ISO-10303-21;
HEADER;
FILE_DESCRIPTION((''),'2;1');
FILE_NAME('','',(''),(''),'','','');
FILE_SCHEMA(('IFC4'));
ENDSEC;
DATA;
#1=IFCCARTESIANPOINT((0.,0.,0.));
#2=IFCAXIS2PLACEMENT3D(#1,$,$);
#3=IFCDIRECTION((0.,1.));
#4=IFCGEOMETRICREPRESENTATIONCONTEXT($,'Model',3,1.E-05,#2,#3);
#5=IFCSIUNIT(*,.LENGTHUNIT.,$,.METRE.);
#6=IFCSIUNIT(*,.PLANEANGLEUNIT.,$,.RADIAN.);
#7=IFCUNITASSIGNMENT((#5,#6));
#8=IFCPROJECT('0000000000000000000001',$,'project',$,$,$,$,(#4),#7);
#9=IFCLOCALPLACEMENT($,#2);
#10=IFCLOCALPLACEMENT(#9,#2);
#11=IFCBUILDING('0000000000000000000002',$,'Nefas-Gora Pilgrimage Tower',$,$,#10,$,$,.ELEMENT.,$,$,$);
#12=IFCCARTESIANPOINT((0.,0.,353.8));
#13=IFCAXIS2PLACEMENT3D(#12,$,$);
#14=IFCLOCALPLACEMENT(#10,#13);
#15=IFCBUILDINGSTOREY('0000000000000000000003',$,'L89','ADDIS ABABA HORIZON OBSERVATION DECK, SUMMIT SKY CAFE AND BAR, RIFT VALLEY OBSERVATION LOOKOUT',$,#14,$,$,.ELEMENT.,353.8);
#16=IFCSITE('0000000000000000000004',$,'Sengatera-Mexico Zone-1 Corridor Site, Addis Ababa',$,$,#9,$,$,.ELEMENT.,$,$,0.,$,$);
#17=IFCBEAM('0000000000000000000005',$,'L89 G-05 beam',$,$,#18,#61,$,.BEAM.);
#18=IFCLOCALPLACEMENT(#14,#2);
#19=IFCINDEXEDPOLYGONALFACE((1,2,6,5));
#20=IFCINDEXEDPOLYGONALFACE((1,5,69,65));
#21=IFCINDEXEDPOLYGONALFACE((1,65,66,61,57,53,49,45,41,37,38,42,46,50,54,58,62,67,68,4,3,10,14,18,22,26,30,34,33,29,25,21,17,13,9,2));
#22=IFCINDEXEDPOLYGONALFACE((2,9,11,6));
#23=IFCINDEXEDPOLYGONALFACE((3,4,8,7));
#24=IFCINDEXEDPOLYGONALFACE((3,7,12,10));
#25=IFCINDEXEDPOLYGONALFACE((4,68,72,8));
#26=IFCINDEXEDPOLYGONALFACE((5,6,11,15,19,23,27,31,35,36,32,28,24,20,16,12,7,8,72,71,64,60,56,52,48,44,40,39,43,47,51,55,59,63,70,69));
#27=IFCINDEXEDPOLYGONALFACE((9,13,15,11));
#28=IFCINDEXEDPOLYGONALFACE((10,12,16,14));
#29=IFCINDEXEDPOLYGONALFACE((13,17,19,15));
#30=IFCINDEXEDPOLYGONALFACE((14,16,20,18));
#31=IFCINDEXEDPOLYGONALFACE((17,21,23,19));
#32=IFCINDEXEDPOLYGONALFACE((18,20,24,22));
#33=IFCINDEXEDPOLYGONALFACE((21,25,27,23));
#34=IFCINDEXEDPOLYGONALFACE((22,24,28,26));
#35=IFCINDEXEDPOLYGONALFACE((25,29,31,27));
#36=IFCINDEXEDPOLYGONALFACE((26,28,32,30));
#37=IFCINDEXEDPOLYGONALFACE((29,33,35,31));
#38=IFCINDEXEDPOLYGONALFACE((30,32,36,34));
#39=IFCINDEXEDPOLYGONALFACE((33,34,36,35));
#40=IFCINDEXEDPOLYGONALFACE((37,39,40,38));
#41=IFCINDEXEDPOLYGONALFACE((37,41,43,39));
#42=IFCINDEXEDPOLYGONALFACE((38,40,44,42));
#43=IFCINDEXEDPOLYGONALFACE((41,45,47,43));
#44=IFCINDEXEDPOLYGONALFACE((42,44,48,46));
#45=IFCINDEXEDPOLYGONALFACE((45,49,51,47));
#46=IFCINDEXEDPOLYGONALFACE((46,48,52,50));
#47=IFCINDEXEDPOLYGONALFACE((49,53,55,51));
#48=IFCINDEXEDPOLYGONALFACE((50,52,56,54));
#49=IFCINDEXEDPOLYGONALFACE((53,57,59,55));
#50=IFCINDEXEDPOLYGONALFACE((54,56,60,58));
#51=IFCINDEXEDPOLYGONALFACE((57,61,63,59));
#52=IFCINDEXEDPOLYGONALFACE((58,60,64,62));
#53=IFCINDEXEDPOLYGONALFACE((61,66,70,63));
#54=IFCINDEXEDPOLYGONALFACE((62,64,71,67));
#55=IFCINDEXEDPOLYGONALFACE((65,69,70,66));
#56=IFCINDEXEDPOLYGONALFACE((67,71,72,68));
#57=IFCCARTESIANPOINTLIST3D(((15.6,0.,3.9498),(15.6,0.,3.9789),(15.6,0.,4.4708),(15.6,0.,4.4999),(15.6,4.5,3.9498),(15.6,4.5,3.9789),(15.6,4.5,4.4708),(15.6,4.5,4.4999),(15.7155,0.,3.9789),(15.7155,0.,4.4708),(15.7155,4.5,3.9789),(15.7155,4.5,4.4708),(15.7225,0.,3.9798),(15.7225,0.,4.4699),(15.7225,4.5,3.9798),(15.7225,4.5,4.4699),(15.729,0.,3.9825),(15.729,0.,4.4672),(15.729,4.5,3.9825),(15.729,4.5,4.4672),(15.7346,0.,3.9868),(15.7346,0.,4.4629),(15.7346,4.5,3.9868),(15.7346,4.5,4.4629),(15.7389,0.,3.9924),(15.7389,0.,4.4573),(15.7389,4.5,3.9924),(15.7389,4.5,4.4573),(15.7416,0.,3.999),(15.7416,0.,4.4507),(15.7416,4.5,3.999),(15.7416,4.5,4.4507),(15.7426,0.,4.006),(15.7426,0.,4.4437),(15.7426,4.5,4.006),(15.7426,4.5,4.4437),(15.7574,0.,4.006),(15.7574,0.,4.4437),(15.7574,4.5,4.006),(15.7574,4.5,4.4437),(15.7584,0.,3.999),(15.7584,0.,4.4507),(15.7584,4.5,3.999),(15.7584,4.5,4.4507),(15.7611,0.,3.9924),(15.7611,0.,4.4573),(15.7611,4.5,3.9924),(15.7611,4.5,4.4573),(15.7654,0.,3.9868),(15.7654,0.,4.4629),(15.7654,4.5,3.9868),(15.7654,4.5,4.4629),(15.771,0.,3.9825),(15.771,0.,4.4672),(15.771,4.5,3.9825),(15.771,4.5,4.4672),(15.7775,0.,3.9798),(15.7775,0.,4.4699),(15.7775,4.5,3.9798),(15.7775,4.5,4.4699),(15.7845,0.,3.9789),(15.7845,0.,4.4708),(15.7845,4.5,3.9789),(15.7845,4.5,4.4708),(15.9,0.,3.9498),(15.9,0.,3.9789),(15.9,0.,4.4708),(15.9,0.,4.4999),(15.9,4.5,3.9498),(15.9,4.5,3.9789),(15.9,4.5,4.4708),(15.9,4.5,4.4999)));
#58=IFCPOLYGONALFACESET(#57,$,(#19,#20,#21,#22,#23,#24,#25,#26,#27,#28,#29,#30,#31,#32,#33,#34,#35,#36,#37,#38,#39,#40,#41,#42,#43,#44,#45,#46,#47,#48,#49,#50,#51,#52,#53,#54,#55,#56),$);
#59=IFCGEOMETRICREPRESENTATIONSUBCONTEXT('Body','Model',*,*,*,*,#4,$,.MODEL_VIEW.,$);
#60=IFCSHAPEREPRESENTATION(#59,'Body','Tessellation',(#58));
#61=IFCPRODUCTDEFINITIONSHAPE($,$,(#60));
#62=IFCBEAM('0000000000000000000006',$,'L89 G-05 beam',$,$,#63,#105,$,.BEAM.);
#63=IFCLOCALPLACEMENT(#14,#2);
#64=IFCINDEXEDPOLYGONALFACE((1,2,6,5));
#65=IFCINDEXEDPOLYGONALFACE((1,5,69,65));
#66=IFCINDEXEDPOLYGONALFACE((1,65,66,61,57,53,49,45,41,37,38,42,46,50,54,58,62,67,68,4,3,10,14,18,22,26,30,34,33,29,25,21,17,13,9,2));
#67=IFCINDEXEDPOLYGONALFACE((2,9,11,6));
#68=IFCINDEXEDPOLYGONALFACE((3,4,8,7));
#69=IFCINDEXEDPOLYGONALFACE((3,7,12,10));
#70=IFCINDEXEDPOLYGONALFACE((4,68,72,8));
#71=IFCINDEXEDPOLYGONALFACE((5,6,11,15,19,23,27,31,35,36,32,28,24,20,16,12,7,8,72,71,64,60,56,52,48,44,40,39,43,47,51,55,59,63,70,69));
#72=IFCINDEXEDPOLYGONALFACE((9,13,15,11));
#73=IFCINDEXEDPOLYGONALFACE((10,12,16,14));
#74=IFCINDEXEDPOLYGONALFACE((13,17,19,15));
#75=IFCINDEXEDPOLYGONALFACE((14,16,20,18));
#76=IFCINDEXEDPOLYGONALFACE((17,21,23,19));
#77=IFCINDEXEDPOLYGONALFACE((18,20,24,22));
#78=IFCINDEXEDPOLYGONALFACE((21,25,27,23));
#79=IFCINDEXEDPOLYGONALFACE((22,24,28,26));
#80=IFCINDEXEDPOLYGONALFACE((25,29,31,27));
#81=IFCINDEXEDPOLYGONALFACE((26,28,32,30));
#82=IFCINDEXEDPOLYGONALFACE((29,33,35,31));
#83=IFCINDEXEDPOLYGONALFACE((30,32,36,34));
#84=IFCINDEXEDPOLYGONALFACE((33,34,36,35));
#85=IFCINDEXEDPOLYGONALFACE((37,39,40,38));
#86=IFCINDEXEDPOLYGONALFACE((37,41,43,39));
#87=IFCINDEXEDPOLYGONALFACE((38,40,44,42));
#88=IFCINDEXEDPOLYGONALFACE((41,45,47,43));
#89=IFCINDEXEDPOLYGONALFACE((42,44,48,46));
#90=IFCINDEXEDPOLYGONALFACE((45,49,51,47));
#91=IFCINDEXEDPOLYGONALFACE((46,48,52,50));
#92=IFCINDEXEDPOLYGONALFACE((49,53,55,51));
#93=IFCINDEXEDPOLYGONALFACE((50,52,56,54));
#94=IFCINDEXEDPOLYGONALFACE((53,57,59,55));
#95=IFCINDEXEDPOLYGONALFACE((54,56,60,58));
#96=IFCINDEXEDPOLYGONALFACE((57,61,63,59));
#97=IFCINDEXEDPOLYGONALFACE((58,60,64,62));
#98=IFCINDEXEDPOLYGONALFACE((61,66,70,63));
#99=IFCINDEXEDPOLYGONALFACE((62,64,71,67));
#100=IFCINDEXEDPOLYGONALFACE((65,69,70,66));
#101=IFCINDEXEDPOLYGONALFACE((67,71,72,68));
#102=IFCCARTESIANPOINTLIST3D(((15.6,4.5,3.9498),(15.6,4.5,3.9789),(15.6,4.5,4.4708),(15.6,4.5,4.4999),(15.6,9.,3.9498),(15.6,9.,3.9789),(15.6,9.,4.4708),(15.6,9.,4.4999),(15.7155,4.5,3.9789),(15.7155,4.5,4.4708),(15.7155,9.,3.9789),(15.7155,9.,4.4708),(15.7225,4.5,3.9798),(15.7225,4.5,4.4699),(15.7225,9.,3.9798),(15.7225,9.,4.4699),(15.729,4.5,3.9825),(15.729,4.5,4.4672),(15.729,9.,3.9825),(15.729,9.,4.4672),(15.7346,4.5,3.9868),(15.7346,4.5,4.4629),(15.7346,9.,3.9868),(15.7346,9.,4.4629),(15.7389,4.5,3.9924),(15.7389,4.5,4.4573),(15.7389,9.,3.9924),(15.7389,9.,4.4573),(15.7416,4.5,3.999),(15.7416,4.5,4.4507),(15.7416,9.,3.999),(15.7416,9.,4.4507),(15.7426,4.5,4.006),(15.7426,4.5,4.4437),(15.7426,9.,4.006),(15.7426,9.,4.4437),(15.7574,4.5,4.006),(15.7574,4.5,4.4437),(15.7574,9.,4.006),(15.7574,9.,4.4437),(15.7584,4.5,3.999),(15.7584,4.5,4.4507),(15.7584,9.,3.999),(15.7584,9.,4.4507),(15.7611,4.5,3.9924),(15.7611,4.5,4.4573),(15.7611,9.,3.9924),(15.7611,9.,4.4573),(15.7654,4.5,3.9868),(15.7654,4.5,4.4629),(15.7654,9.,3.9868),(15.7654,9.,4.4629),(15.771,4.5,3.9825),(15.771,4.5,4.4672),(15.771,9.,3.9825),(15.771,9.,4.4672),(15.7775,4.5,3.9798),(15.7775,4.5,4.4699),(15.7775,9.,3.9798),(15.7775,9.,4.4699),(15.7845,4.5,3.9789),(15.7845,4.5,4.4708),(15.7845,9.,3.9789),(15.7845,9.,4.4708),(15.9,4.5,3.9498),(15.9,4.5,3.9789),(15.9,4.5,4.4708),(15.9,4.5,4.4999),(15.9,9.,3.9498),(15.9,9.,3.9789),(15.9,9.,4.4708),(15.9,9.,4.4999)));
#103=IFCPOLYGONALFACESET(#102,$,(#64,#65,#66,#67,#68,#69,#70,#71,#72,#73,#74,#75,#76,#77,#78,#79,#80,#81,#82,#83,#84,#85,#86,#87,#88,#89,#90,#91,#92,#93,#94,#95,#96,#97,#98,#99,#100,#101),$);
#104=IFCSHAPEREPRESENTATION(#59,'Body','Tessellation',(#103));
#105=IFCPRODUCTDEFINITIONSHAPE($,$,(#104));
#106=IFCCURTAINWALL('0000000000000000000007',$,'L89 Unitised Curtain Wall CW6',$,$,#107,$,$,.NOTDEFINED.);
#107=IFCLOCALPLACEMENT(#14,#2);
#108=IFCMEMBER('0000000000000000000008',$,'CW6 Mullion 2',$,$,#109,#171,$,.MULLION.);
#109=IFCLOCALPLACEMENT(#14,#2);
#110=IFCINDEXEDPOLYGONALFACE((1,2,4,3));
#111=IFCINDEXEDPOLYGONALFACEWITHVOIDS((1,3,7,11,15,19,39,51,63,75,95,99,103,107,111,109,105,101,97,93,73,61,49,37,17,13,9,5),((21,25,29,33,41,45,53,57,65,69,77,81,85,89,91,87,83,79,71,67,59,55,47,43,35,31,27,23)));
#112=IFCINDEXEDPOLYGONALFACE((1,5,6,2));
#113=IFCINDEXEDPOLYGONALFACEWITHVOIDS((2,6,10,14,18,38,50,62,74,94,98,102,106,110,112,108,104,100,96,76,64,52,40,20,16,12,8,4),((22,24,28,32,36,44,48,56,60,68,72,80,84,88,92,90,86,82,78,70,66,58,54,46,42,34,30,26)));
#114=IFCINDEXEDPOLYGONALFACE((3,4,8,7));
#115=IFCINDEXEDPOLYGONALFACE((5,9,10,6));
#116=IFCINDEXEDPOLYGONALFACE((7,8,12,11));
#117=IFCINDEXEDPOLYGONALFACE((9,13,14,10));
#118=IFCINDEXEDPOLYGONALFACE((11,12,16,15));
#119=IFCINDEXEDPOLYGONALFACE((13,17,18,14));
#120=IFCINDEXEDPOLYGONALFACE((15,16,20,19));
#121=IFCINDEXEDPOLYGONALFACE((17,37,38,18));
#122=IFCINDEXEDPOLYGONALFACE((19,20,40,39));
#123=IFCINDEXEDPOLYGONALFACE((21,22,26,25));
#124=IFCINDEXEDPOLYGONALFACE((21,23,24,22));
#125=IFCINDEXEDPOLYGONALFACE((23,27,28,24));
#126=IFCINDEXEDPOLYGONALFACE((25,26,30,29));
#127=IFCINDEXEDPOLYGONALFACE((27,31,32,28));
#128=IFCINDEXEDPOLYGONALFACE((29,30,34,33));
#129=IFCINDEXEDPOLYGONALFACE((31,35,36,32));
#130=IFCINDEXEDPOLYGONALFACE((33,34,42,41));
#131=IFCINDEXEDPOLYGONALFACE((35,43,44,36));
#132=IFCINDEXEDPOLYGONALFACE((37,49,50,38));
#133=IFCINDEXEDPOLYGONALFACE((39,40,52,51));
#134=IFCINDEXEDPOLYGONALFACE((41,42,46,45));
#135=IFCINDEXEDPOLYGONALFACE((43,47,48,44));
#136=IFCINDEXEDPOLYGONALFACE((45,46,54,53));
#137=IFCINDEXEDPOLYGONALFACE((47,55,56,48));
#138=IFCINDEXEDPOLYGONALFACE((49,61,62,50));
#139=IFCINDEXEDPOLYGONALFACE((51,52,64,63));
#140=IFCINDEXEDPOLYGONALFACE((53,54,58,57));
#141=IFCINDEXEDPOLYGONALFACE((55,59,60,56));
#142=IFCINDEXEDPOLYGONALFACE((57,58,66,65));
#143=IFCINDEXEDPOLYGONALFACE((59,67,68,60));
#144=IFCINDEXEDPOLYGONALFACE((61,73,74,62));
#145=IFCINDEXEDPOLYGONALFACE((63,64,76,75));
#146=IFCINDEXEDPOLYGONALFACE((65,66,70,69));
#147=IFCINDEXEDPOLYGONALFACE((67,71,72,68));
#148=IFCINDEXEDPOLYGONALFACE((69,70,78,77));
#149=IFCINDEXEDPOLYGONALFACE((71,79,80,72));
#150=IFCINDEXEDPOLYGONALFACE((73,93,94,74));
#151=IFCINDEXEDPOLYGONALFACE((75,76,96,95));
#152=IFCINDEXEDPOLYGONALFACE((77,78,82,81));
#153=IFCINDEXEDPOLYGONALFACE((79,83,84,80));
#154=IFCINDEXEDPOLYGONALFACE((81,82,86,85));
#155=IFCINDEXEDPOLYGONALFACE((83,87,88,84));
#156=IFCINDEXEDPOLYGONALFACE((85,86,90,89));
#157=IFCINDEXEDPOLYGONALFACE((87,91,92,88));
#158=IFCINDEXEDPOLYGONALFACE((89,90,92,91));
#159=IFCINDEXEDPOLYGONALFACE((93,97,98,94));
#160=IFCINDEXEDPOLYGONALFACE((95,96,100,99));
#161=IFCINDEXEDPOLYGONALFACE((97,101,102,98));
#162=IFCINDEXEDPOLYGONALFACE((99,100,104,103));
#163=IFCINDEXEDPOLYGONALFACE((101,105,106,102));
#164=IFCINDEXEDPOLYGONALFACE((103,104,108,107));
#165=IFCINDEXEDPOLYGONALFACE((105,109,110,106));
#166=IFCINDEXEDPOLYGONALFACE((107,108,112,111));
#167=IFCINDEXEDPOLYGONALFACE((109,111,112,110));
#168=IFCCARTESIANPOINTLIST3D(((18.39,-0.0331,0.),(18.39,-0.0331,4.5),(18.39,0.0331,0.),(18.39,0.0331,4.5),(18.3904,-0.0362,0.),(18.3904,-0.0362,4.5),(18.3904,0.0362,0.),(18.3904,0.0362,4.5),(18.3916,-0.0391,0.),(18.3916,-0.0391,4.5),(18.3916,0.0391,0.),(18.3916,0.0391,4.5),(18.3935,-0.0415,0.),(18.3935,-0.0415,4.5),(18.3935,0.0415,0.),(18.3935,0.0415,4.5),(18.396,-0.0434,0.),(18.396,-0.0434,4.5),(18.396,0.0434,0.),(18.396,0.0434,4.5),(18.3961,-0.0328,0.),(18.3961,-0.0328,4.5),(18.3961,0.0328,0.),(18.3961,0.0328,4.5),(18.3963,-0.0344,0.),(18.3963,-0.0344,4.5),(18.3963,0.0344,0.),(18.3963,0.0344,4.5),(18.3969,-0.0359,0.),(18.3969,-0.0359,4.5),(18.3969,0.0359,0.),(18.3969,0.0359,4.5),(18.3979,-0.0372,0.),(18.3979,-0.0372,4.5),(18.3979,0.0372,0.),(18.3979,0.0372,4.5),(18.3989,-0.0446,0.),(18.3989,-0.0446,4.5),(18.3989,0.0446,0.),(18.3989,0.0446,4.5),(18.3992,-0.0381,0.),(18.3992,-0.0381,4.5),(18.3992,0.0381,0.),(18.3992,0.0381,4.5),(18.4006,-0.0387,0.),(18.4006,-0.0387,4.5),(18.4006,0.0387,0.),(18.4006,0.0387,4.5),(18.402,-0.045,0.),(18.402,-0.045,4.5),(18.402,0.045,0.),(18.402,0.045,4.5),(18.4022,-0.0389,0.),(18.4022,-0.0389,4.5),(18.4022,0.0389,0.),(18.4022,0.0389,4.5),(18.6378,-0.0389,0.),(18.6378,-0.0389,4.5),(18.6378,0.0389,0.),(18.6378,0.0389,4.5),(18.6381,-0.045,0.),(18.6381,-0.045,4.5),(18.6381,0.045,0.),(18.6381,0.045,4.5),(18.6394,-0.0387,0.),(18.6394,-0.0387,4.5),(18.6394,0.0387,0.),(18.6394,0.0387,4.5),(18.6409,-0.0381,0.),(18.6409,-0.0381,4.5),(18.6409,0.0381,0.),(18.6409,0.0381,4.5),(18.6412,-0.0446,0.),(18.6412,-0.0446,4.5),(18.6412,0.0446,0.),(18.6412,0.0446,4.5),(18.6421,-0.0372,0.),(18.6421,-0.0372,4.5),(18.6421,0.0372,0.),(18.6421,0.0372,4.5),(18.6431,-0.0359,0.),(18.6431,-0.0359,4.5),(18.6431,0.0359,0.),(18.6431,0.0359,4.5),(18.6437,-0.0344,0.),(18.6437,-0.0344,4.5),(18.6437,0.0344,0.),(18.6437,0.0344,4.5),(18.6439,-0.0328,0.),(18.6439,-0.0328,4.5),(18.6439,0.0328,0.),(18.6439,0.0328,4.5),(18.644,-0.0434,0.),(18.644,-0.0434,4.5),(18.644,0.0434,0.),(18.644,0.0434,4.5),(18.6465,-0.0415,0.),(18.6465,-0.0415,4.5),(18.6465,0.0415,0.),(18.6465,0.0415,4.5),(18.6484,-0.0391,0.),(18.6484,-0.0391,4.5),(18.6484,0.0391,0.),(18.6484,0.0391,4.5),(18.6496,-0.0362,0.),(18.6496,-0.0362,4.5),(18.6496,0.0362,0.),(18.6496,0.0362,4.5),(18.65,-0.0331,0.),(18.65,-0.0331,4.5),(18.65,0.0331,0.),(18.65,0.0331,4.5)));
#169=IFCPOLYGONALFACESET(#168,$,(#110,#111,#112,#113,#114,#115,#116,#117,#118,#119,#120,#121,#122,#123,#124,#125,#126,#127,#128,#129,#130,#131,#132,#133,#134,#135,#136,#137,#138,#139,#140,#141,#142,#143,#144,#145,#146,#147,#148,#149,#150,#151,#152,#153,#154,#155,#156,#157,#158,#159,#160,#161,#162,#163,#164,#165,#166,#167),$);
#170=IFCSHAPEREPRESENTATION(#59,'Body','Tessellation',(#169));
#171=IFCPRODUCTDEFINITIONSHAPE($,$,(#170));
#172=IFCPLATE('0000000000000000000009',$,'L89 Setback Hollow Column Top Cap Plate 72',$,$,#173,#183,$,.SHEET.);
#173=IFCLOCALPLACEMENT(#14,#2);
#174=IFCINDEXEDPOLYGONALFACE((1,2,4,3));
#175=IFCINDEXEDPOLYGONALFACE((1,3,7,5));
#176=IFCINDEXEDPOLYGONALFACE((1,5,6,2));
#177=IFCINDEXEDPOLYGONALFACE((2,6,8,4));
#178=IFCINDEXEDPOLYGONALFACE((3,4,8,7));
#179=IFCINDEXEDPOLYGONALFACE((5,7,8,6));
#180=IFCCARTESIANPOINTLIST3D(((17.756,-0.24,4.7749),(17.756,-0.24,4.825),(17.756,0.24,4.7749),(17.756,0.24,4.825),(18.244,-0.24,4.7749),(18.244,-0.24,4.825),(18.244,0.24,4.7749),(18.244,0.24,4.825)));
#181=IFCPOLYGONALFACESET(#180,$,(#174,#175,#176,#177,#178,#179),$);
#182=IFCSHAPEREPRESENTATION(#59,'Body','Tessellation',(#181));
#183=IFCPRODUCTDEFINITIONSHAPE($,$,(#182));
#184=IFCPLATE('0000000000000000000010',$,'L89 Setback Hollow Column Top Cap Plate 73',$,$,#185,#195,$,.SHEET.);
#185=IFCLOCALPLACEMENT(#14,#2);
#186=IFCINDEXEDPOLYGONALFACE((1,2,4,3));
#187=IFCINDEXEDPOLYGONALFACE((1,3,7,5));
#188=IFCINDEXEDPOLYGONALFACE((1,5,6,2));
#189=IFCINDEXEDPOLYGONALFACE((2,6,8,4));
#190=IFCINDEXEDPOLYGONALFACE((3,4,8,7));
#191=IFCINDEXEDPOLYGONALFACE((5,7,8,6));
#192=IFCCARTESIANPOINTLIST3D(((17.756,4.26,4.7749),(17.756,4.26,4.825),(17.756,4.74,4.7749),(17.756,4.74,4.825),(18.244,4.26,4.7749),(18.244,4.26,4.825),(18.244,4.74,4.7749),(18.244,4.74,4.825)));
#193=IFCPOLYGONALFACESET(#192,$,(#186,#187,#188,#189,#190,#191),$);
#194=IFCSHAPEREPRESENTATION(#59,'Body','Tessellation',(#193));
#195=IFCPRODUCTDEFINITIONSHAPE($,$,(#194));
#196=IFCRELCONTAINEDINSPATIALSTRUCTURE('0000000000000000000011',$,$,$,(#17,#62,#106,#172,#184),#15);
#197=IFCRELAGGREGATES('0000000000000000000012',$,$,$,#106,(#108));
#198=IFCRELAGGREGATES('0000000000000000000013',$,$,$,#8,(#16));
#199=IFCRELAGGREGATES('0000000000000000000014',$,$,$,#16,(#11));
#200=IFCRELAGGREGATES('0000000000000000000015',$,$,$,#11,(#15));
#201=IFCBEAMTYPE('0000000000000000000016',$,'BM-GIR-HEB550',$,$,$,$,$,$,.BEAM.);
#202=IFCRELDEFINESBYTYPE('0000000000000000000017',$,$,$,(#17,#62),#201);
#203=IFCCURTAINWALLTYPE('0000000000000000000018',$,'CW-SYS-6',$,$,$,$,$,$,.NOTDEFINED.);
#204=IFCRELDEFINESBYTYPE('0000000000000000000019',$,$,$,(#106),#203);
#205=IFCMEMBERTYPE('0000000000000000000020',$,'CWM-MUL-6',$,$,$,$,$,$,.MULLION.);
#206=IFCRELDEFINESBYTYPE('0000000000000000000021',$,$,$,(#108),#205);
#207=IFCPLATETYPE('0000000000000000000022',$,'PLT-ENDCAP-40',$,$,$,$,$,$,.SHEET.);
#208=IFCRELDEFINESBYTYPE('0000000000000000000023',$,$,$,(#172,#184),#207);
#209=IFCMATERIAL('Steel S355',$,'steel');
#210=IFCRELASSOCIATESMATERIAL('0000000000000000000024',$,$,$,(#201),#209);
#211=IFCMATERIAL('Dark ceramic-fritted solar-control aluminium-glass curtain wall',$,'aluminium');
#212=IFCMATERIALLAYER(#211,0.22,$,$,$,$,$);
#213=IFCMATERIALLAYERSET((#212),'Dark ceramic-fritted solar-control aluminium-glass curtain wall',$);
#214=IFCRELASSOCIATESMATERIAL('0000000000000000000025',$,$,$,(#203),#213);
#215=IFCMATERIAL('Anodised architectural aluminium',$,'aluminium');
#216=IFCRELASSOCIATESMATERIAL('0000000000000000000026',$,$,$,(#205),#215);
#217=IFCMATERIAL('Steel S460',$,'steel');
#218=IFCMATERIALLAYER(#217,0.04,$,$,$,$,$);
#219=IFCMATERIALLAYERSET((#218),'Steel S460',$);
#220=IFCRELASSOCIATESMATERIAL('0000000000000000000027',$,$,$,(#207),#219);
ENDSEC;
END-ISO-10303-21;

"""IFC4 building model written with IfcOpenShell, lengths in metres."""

from ifc_helpers import new_model, si_unit, direction, frame, origin, origin_2d, place, context, subcontext, project, spatial, rectangle, hollow_rectangle, i_section, extrude, source, transform, mapped, material, layer, layer_set, material_profile, profile_set, type_object, element, aggregate, save


model = new_model("IFC4")

# Units and contexts
model_context = context("Model", 3, precision=1e-05, world=origin(), true_north=direction((0.0, 1.0)))
body_context = subcontext(model_context, "Body", "Model", "MODEL_VIEW")
ifc_project = project(units=[si_unit("LENGTHUNIT", "METRE"), si_unit("PLANEANGLEUNIT", "RADIAN")], contexts=[model_context])

# Site, building, storey
site_placement = place(None, origin())
site = spatial("IfcSite", under=ifc_project, at=site_placement, Name="Sengatera-Mexico Zone-1 Corridor Site, Addis Ababa", CompositionType="ELEMENT", RefElevation=0.0)
building_placement = place(site_placement, origin())
building = spatial("IfcBuilding", under=site, at=building_placement, Name="Nefas-Gora Pilgrimage Tower", CompositionType="ELEMENT")
storey_placement = place(building_placement, frame((0.0, 0.0, 353.8)))
storey = spatial("IfcBuildingStorey", under=building, at=storey_placement, Name="L89", Description="ADDIS ABABA HORIZON OBSERVATION DECK, SUMMIT SKY CAFE AND BAR, RIFT VALLEY OBSERVATION LOOKOUT", CompositionType="ELEMENT", Elevation=353.8)

# Shared definitions
ifc_material_1 = material(Name="Steel S355", Category="steel")

# Beams
ifc_material_profile_1 = material_profile(ifc_material_1, i_section(OverallWidth=0.3, OverallDepth=0.55, WebThickness=0.0149, FlangeThickness=0.0291, FilletRadius=0.0271, at=origin_2d()), Name="HEB 550")
ifc_profile_set_1 = profile_set([ifc_material_profile_1], Name="Steel S355")
beam_type = type_object("IfcBeamType", Name="BM-GIR-HEB550", PredefinedType="BEAM", material=ifc_profile_set_1)
shared_shape_1 = source(origin(), body_context, "Body", "SweptSolid", [
    extrude(i_section(OverallWidth=0.3, OverallDepth=0.55, WebThickness=0.0149, FlangeThickness=0.0291, FilletRadius=0.0271, at=origin_2d()), origin(), (0.0, 0.0, 1.0), 4.5),
])
for number, where, z_axis, x_axis, name in (
    (1, (15.75, 0.0, 4.2249), (0.0, 1.0, 0.0), (-1.0, 0.0, 0.0), "L89 G-05 beam"),
    (2, (15.75, 4.5, 4.2249), (0.0, 1.0, 0.0), (-1.0, 0.0, 0.0), "L89 G-05 beam"),
):
    element("IfcBeam", number, at=place(storey_placement, frame(where, z_axis=z_axis, x_axis=x_axis)), inside=storey, type_object=beam_type, Name=name, PredefinedType="BEAM", context=body_context, shape_type="MappedRepresentation", body=[
        mapped(shared_shape_1, transform((0.0, 0.0, 0.0), x_axis=(1.0, 0.0, 0.0), y_axis=(0.0, 1.0, 0.0), z_axis=(0.0, 0.0, 1.0), scale=1.0)),
    ])

# Curtain wall, member
ifc_material_2 = material(Name="Dark ceramic-fritted solar-control aluminium-glass curtain wall", Category="aluminium")
ifc_layer_1 = layer(ifc_material_2, 0.22)
ifc_layer_set_1 = layer_set([ifc_layer_1], Name="Dark ceramic-fritted solar-control aluminium-glass curtain wall")
curtain_wall_type = type_object("IfcCurtainWallType", Name="CW-SYS-6", PredefinedType="NOTDEFINED", material=ifc_layer_set_1)
curtain_wall_placement = place(storey_placement, origin())
curtain_wall = element("IfcCurtainWall", 3, at=curtain_wall_placement, inside=storey, type_object=curtain_wall_type, Name="L89 Unitised Curtain Wall CW6", PredefinedType="NOTDEFINED")
ifc_material_3 = material(Name="Anodised architectural aluminium", Category="aluminium")
ifc_material_profile_2 = material_profile(ifc_material_3, hollow_rectangle(XDim=0.0901, YDim=0.26, WallThickness=0.0061, InnerFilletRadius=0.0061, OuterFilletRadius=0.012, at=origin_2d()), Name="ALU MULLION 90x260")
ifc_profile_set_2 = profile_set([ifc_material_profile_2], Name="Anodised architectural aluminium")
member_type = type_object("IfcMemberType", Name="CWM-MUL-6", PredefinedType="MULLION", material=ifc_profile_set_2)
shared_shape_2 = source(origin(), body_context, "Body", "SweptSolid", [
    extrude(hollow_rectangle(XDim=0.0901, YDim=0.26, WallThickness=0.0061, InnerFilletRadius=0.0061, OuterFilletRadius=0.012, at=origin_2d()), origin(), (0.0, 0.0, 1.0), 4.5),
])
member_placement = place(storey_placement, frame((18.52, 0.0, 0.0), z_axis=(0.0, 0.0, 1.0), x_axis=(0.0, 1.0, 0.0)))
member = element("IfcMember", 4, at=member_placement, type_object=member_type, Name="CW6 Mullion 2", PredefinedType="MULLION", context=body_context, shape_type="MappedRepresentation", body=[
    mapped(shared_shape_2, transform((0.0, 0.0, 0.0), x_axis=(1.0, 0.0, 0.0), y_axis=(0.0, 1.0, 0.0), z_axis=(0.0, 0.0, 1.0), scale=1.0)),
])
aggregate(curtain_wall, [member])

# Plates
ifc_material_4 = material(Name="Steel S460", Category="steel")
ifc_layer_2 = layer(ifc_material_4, 0.04)
ifc_layer_set_2 = layer_set([ifc_layer_2], Name="Steel S460")
plate_type = type_object("IfcPlateType", Name="PLT-ENDCAP-40", PredefinedType="SHEET", material=ifc_layer_set_2)
shared_shape_3 = source(origin(), body_context, "Body", "SweptSolid", [
    extrude(rectangle(XDim=0.488, YDim=0.48, at=origin_2d()), origin(), (0.0, 0.0, 1.0), 0.05),
])
for number, where, z_axis, x_axis, name in (
    (5, (18.0, 0.0, 4.7749), (0.0, 0.0, 1.0), (1.0, 0.0, 0.0), "L89 Setback Hollow Column Top Cap Plate 72"),
    (6, (18.0, 4.5, 4.7749), (0.0, 0.0, 1.0), (1.0, 0.0, 0.0), "L89 Setback Hollow Column Top Cap Plate 73"),
):
    element("IfcPlate", number, at=place(storey_placement, frame(where, z_axis=z_axis, x_axis=x_axis)), inside=storey, type_object=plate_type, Name=name, PredefinedType="SHEET", context=body_context, shape_type="MappedRepresentation", body=[
        mapped(shared_shape_3, transform((0.0, 0.0, 0.0), x_axis=(1.0, 0.0, 0.0), y_axis=(0.0, 1.0, 0.0), z_axis=(0.0, 0.0, 1.0), scale=1.0)),
    ])

save(model, "model.ifc")
